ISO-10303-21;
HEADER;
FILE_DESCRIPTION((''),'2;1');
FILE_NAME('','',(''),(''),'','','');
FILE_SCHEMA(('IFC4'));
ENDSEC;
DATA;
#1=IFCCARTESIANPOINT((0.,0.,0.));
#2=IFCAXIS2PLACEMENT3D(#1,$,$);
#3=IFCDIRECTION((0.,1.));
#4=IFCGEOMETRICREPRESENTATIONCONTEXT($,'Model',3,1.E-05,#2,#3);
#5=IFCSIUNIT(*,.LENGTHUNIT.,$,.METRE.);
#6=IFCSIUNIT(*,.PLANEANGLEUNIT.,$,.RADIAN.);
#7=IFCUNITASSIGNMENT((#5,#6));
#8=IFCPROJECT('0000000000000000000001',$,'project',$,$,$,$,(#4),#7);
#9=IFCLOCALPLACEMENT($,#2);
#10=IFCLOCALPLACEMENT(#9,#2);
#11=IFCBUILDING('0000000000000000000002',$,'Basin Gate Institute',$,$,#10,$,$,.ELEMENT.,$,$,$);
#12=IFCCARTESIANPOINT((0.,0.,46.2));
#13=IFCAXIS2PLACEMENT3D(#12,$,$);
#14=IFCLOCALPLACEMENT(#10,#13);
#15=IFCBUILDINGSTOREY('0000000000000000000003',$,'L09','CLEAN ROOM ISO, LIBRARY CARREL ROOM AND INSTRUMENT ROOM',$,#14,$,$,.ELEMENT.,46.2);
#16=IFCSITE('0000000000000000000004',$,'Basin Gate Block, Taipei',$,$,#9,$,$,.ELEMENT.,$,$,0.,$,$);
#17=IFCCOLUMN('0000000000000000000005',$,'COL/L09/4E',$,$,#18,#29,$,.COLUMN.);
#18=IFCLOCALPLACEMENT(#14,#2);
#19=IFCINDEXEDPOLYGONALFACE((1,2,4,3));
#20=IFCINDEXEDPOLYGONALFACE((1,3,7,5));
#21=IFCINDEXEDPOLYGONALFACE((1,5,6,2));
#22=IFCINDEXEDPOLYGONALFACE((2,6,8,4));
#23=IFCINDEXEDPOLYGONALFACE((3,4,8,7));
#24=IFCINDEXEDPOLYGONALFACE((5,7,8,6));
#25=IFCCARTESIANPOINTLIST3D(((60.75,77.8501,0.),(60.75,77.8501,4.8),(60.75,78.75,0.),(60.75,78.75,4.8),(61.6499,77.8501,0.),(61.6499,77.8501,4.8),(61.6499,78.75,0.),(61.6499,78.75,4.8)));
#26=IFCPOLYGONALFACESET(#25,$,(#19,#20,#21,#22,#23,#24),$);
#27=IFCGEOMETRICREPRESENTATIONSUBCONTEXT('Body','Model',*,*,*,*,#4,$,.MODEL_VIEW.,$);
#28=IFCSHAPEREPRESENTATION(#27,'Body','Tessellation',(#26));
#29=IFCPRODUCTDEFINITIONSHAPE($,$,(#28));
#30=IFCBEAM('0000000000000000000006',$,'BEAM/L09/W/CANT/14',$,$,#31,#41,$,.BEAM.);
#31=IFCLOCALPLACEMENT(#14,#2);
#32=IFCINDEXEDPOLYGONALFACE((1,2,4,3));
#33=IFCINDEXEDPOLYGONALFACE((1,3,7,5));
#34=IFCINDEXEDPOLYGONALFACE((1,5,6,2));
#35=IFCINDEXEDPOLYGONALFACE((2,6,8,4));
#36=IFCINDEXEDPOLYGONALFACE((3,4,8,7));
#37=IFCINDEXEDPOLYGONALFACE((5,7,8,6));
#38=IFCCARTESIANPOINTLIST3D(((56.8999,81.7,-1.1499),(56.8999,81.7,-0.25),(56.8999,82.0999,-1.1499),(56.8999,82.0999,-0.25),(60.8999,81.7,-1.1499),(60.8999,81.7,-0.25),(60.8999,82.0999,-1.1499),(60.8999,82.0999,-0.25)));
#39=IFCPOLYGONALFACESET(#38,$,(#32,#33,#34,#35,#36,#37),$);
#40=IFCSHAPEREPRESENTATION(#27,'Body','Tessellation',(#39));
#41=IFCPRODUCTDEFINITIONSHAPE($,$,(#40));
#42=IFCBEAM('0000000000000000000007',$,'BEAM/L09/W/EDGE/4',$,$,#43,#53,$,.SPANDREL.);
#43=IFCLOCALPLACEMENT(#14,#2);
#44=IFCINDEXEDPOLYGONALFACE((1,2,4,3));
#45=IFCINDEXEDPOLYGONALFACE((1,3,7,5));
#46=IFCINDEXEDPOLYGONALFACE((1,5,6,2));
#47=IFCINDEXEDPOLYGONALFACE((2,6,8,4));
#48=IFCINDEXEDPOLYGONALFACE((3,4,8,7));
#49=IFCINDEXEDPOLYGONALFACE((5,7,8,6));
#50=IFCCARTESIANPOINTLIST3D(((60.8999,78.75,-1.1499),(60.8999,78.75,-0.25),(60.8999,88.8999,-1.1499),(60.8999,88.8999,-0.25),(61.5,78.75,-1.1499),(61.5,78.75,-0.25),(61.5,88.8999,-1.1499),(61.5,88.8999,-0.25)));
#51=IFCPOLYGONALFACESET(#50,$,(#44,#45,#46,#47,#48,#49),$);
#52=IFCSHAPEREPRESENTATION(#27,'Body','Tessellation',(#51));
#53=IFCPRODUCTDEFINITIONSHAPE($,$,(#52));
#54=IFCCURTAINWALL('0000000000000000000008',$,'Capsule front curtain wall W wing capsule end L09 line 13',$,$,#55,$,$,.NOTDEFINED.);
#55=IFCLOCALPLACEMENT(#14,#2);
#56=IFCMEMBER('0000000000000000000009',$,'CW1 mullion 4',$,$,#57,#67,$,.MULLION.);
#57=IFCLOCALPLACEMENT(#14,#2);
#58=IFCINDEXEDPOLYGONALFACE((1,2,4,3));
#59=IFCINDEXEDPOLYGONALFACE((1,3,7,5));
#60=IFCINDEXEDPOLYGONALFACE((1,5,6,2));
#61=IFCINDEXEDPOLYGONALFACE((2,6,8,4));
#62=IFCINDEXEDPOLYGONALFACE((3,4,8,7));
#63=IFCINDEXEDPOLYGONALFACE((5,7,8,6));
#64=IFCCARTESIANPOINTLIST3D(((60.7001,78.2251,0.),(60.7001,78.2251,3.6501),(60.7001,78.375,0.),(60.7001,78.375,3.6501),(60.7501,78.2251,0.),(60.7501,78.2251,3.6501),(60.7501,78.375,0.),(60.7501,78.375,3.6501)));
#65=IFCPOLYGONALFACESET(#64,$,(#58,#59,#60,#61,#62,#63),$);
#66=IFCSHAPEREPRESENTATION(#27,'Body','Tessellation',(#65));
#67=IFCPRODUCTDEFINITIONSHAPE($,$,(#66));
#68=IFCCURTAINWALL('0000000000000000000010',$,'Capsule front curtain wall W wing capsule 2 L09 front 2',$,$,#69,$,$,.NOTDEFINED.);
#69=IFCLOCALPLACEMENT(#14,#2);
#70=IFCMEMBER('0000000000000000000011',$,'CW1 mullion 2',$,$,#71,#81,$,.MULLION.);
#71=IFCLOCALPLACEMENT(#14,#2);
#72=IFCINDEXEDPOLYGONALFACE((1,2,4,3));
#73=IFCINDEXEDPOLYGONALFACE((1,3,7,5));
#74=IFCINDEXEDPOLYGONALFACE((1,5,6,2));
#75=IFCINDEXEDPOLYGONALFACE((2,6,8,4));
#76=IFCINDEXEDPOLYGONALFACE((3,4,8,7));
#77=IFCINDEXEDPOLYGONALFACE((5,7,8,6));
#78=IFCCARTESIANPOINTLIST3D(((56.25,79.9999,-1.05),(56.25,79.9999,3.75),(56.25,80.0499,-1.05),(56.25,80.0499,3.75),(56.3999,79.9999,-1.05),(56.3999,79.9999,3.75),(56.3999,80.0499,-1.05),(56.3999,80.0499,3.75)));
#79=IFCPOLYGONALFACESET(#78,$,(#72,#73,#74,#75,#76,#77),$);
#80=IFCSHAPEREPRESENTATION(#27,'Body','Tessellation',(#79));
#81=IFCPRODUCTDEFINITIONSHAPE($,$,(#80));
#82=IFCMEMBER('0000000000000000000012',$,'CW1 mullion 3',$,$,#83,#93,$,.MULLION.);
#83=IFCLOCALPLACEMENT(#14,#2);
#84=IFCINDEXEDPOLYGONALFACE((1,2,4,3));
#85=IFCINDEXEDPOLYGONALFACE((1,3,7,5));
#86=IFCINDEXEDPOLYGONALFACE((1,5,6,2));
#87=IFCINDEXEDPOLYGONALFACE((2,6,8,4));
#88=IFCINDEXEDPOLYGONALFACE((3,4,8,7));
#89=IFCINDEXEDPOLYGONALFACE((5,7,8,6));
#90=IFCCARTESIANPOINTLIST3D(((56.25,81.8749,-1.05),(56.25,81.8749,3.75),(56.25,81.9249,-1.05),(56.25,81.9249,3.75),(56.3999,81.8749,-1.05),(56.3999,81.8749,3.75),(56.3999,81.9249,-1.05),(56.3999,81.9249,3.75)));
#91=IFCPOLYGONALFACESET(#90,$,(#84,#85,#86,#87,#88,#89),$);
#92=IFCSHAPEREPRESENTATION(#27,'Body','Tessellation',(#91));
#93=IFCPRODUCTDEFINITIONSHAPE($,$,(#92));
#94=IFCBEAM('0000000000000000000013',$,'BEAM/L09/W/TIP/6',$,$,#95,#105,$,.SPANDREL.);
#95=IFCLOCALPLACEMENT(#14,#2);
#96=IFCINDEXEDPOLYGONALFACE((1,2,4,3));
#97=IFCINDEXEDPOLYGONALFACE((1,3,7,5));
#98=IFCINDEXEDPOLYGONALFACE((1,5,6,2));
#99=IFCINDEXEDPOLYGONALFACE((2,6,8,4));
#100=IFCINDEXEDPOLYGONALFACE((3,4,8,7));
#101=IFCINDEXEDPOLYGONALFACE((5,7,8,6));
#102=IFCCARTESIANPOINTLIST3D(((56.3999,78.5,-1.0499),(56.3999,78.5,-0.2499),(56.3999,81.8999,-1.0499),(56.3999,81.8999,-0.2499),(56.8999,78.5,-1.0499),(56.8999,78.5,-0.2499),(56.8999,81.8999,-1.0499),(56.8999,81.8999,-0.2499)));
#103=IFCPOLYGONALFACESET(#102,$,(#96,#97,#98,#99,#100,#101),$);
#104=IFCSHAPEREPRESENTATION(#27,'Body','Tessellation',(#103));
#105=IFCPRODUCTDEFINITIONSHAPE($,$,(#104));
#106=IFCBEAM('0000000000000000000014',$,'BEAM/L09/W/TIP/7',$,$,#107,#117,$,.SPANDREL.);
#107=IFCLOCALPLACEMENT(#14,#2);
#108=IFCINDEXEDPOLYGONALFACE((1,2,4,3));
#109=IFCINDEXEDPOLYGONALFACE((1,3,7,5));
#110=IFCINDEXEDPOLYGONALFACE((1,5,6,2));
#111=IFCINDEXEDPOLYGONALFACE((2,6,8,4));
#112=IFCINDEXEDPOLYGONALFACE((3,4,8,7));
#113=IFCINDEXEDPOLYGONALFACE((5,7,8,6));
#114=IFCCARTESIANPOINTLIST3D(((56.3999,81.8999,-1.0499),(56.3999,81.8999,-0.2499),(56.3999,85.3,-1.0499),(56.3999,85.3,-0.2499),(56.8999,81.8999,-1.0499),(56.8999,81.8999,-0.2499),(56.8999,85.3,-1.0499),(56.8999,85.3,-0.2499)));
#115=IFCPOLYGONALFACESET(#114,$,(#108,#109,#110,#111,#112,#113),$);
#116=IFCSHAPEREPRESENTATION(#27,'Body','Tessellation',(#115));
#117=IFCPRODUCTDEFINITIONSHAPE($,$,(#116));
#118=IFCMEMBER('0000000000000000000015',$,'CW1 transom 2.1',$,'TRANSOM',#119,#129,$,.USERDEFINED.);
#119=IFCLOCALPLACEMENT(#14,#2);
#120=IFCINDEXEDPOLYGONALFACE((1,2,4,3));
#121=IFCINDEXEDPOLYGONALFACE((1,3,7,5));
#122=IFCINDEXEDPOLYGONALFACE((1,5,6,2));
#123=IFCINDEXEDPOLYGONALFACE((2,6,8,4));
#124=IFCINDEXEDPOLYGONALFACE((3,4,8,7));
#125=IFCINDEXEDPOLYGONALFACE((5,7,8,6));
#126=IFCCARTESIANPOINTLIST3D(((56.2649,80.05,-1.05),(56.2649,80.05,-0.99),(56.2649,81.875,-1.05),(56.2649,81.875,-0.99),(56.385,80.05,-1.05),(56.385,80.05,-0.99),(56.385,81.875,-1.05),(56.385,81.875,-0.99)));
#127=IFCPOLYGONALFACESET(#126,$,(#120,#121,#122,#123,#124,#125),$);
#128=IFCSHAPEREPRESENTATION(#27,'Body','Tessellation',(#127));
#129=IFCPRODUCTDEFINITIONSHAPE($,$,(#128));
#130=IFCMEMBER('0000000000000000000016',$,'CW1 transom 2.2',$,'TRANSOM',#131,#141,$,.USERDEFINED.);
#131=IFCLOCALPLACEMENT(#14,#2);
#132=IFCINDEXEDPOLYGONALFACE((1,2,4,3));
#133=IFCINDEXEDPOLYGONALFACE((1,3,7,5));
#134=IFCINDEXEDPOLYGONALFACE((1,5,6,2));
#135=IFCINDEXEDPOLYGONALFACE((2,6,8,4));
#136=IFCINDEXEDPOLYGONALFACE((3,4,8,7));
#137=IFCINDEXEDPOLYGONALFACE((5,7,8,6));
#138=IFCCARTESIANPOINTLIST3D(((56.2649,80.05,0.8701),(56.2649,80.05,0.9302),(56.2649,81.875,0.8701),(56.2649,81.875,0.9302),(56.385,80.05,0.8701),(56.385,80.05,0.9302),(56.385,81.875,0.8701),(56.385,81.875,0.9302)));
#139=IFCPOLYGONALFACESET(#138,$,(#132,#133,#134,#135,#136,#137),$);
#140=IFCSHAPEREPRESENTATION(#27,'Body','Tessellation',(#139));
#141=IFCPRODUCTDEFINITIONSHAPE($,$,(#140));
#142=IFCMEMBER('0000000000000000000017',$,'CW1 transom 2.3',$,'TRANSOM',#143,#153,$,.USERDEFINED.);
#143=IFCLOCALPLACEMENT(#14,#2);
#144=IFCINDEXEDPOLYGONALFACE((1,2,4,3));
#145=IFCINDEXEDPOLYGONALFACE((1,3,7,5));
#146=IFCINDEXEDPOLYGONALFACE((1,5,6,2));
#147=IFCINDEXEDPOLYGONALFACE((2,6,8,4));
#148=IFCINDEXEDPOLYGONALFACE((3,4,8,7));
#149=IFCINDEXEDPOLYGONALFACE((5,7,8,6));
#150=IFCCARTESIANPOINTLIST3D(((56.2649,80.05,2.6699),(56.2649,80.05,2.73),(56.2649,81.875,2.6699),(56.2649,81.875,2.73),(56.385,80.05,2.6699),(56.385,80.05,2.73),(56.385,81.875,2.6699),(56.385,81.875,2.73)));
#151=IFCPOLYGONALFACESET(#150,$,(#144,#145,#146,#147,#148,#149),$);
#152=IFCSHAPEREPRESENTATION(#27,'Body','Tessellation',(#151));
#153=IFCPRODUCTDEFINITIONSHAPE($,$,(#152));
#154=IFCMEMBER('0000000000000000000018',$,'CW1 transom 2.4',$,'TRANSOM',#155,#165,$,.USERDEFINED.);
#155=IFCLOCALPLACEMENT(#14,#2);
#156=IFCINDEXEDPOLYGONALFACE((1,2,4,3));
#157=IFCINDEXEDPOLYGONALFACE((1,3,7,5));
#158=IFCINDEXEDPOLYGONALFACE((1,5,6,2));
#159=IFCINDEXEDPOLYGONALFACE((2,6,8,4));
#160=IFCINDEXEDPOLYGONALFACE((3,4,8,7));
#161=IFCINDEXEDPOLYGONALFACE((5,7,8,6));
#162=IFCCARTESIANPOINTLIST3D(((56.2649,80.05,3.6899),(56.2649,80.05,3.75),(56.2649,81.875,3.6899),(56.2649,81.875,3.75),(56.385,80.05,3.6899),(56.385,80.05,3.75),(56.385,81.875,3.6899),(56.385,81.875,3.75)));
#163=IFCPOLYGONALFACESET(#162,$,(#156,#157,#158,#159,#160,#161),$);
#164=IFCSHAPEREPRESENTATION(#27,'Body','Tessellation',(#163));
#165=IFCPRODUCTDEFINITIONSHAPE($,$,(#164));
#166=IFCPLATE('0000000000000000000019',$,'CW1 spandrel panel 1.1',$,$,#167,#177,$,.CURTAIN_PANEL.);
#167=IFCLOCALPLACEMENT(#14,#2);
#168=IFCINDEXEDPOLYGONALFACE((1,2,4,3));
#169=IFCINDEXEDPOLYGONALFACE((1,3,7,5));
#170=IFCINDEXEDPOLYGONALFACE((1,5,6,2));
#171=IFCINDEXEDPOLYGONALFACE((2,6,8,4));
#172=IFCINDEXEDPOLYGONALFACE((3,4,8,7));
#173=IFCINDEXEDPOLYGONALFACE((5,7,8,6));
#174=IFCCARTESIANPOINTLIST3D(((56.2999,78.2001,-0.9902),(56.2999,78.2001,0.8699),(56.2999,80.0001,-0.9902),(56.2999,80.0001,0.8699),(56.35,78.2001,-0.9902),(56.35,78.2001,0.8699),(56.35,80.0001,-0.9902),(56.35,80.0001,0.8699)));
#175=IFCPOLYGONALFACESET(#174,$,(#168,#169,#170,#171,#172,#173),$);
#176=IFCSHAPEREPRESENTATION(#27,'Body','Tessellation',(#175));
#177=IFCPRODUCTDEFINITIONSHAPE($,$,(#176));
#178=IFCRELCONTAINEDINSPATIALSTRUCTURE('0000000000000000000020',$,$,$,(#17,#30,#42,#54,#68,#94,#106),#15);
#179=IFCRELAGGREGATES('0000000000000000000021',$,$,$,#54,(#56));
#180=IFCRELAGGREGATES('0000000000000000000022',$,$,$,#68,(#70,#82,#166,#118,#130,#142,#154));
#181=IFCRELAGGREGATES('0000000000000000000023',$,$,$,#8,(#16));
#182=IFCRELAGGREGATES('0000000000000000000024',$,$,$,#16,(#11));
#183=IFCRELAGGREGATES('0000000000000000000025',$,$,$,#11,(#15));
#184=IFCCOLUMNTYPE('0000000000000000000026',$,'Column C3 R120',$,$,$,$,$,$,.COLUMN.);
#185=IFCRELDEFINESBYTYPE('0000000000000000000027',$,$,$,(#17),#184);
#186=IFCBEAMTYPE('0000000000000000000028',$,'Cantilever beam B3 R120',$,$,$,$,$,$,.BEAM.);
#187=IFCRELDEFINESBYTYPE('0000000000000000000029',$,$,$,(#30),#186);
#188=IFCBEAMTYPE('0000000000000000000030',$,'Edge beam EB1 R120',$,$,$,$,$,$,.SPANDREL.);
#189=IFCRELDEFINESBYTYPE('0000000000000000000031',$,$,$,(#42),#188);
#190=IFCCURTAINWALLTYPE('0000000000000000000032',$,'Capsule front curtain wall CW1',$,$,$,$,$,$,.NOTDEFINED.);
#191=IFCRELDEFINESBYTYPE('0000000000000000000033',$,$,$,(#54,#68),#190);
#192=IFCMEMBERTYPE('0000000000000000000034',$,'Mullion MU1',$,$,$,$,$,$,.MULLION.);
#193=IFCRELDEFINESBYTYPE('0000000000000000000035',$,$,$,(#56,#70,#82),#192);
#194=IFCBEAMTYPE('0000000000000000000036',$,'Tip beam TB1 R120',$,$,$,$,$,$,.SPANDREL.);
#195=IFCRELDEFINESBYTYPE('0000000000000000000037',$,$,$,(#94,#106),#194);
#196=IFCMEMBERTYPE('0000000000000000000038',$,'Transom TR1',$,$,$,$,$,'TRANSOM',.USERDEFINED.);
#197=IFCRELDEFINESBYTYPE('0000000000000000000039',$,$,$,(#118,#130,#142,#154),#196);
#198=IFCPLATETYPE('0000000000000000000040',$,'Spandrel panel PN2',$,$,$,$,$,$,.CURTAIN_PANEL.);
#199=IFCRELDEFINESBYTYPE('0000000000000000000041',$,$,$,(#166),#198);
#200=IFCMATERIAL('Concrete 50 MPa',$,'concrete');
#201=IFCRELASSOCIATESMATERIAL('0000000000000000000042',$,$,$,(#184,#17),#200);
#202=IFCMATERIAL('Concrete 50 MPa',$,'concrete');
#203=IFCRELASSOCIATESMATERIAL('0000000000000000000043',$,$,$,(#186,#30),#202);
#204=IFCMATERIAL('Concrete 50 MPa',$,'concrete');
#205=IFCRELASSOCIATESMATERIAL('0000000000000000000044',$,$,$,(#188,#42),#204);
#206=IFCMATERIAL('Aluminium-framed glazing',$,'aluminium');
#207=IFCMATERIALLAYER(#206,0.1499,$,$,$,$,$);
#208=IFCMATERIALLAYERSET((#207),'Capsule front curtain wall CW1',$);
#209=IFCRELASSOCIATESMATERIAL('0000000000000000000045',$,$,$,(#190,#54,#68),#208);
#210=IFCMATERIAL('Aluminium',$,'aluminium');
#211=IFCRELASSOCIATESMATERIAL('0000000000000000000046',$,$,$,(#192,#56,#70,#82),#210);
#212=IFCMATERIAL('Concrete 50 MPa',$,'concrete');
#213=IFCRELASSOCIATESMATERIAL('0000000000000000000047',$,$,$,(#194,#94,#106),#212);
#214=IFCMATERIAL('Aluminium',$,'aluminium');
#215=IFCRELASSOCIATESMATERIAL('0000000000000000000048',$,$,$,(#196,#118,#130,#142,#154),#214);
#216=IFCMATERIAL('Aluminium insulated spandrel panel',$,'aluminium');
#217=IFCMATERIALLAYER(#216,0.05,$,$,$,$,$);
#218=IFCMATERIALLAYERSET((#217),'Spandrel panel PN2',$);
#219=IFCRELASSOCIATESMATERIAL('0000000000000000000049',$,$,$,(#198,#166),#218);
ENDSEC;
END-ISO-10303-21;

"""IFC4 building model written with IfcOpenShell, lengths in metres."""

from ifc_helpers import new_model, si_unit, direction, frame, origin, origin_2d, place, context, subcontext, project, spatial, rectangle, extrude, material, layer, layer_set, material_profile, profile_set, type_object, element, aggregate, save


model = new_model("IFC4")

# Units and contexts
model_context = context("Model", 3, precision=1e-05, world=origin(), true_north=direction((0.0, 1.0)))
body_context = subcontext(model_context, "Body", "Model", "MODEL_VIEW")
ifc_project = project(units=[si_unit("LENGTHUNIT", "METRE"), si_unit("PLANEANGLEUNIT", "RADIAN")], contexts=[model_context])

# Site, building, storey
site_placement = place(None, origin())
site = spatial("IfcSite", under=ifc_project, at=site_placement, Name="Basin Gate Block, Taipei", CompositionType="ELEMENT", RefElevation=0.0)
building_placement = place(site_placement, origin())
building = spatial("IfcBuilding", under=site, at=building_placement, Name="Basin Gate Institute", CompositionType="ELEMENT")
storey_placement = place(building_placement, frame((0.0, 0.0, 46.2)))
storey = spatial("IfcBuildingStorey", under=building, at=storey_placement, Name="L09", Description="CLEAN ROOM ISO, LIBRARY CARREL ROOM AND INSTRUMENT ROOM", CompositionType="ELEMENT", Elevation=46.2)

# Column
ifc_material_1 = material(Name="Concrete 50 MPa", Category="concrete")
ifc_material_profile_1 = material_profile(ifc_material_1, rectangle(XDim=0.8999, YDim=0.8999, at=origin_2d()), Name="Column C3 900 x 900")
ifc_profile_set_1 = profile_set([ifc_material_profile_1], Name="Concrete 50 MPa")
column_type = type_object("IfcColumnType", Name="Column C3 R120", PredefinedType="COLUMN", material=ifc_profile_set_1)
column_placement = place(storey_placement, frame((61.2, 78.3, 0.0), z_axis=(0.0, 0.0, 1.0), x_axis=(1.0, 0.0, 0.0)))
element("IfcColumn", 1, at=column_placement, inside=storey, type_object=column_type, material=ifc_profile_set_1, Name="COL/L09/4E", PredefinedType="COLUMN", context=body_context, shape_type="SweptSolid", body=[
    extrude(rectangle(XDim=0.8999, YDim=0.8999, at=origin_2d()), origin(), (0.0, 0.0, 1.0), 4.8),
])

# Beams
ifc_material_2 = material(Name="Concrete 50 MPa", Category="concrete")
ifc_material_profile_2 = material_profile(ifc_material_2, rectangle(XDim=0.3999, YDim=0.8999, at=origin_2d()), Name="Cantilever beam B3 400 x 900")
ifc_profile_set_2 = profile_set([ifc_material_profile_2], Name="Concrete 50 MPa")
beam_type_1 = type_object("IfcBeamType", Name="Cantilever beam B3 R120", PredefinedType="BEAM", material=ifc_profile_set_2)
beam_1_placement = place(storey_placement, frame((56.8999, 81.8999, -0.7), z_axis=(1.0, 0.0, 0.0), x_axis=(0.0, 1.0, 0.0)))
element("IfcBeam", 2, at=beam_1_placement, inside=storey, type_object=beam_type_1, material=ifc_profile_set_2, Name="BEAM/L09/W/CANT/14", PredefinedType="BEAM", context=body_context, shape_type="SweptSolid", body=[
    extrude(rectangle(XDim=0.3999, YDim=0.8999, at=origin_2d()), origin(), (0.0, 0.0, 1.0), 4.0),
])
ifc_material_3 = material(Name="Concrete 50 MPa", Category="concrete")
ifc_material_profile_3 = material_profile(ifc_material_3, rectangle(XDim=0.6001, YDim=0.8999, at=origin_2d()), Name="Edge beam EB1 600 x 900")
ifc_profile_set_3 = profile_set([ifc_material_profile_3], Name="Concrete 50 MPa")
beam_type_2 = type_object("IfcBeamType", Name="Edge beam EB1 R120", PredefinedType="SPANDREL", material=ifc_profile_set_3)
beam_2_placement = place(storey_placement, frame((61.2, 78.75, -0.7), z_axis=(0.0, 1.0, 0.0), x_axis=(-1.0, 0.0, 0.0)))
element("IfcBeam", 3, at=beam_2_placement, inside=storey, type_object=beam_type_2, material=ifc_profile_set_3, Name="BEAM/L09/W/EDGE/4", PredefinedType="SPANDREL", context=body_context, shape_type="SweptSolid", body=[
    extrude(rectangle(XDim=0.6001, YDim=0.8999, at=origin_2d()), origin(), (0.0, 0.0, 1.0), 10.1499),
])

# Curtain wall, member
ifc_material_4 = material(Name="Aluminium-framed glazing", Category="aluminium")
ifc_layer_1 = layer(ifc_material_4, 0.1499)
ifc_layer_set_1 = layer_set([ifc_layer_1], Name="Capsule front curtain wall CW1")
curtain_wall_type = type_object("IfcCurtainWallType", Name="Capsule front curtain wall CW1", PredefinedType="NOTDEFINED", material=ifc_layer_set_1)
curtain_wall_1_placement = place(storey_placement, origin())
curtain_wall_1 = element("IfcCurtainWall", 4, at=curtain_wall_1_placement, inside=storey, type_object=curtain_wall_type, material=ifc_layer_set_1, Name="Capsule front curtain wall W wing capsule end L09 line 13", PredefinedType="NOTDEFINED")
ifc_material_5 = material(Name="Aluminium", Category="aluminium")
ifc_material_profile_4 = material_profile(ifc_material_5, rectangle(XDim=0.1499, YDim=0.05, at=origin_2d()), Name="Mullion MU1 150 x 50")
ifc_profile_set_4 = profile_set([ifc_material_profile_4], Name="Aluminium")
member_type_1 = type_object("IfcMemberType", Name="Mullion MU1", PredefinedType="MULLION", material=ifc_profile_set_4)
member_1_placement = place(storey_placement, frame((60.7251, 78.3, 0.0), z_axis=(0.0, 0.0, 1.0), x_axis=(0.0, 1.0, 0.0)))
member_1 = element("IfcMember", 5, at=member_1_placement, type_object=member_type_1, material=ifc_profile_set_4, Name="CW1 mullion 4", PredefinedType="MULLION", context=body_context, shape_type="SweptSolid", body=[
    extrude(rectangle(XDim=0.1499, YDim=0.05, at=origin_2d()), origin(), (0.0, 0.0, 1.0), 3.6501),
])

# Curtain wall, members
curtain_wall_2_placement = place(storey_placement, origin())
curtain_wall_2 = element("IfcCurtainWall", 6, at=curtain_wall_2_placement, inside=storey, type_object=curtain_wall_type, material=ifc_layer_set_1, Name="Capsule front curtain wall W wing capsule 2 L09 front 2", PredefinedType="NOTDEFINED")
member_2_placement = place(storey_placement, frame((56.325, 80.0249, -1.05), z_axis=(0.0, 0.0, 1.0), x_axis=(-1.0, 0.0, 0.0)))
member_2 = element("IfcMember", 7, at=member_2_placement, type_object=member_type_1, material=ifc_profile_set_4, Name="CW1 mullion 2", PredefinedType="MULLION", context=body_context, shape_type="SweptSolid", body=[
    extrude(rectangle(XDim=0.1499, YDim=0.05, at=origin_2d()), origin(), (0.0, 0.0, 1.0), 4.8),
])
member_3_placement = place(storey_placement, frame((56.325, 81.8999, -1.05), z_axis=(0.0, 0.0, 1.0), x_axis=(-1.0, 0.0, 0.0)))
member_3 = element("IfcMember", 8, at=member_3_placement, type_object=member_type_1, material=ifc_profile_set_4, Name="CW1 mullion 3", PredefinedType="MULLION", context=body_context, shape_type="SweptSolid", body=[
    extrude(rectangle(XDim=0.1499, YDim=0.05, at=origin_2d()), origin(), (0.0, 0.0, 1.0), 4.8),
])

# Beams
ifc_material_6 = material(Name="Concrete 50 MPa", Category="concrete")
ifc_material_profile_5 = material_profile(ifc_material_6, rectangle(XDim=0.5, YDim=0.8, at=origin_2d()), Name="Tip beam TB1 500 x 800")
ifc_profile_set_5 = profile_set([ifc_material_profile_5], Name="Concrete 50 MPa")
beam_type_3 = type_object("IfcBeamType", Name="Tip beam TB1 R120", PredefinedType="SPANDREL", material=ifc_profile_set_5)
beam_3_placement = place(storey_placement, frame((56.6499, 78.5, -0.6499), z_axis=(0.0, 1.0, 0.0), x_axis=(-1.0, 0.0, 0.0)))
element("IfcBeam", 9, at=beam_3_placement, inside=storey, type_object=beam_type_3, material=ifc_profile_set_5, Name="BEAM/L09/W/TIP/6", PredefinedType="SPANDREL", context=body_context, shape_type="SweptSolid", body=[
    extrude(rectangle(XDim=0.5, YDim=0.8, at=origin_2d()), origin(), (0.0, 0.0, 1.0), 3.3999),
])
beam_4_placement = place(storey_placement, frame((56.6499, 81.8999, -0.6499), z_axis=(0.0, 1.0, 0.0), x_axis=(-1.0, 0.0, 0.0)))
element("IfcBeam", 10, at=beam_4_placement, inside=storey, type_object=beam_type_3, material=ifc_profile_set_5, Name="BEAM/L09/W/TIP/7", PredefinedType="SPANDREL", context=body_context, shape_type="SweptSolid", body=[
    extrude(rectangle(XDim=0.5, YDim=0.8, at=origin_2d()), origin(), (0.0, 0.0, 1.0), 3.4001),
])

# Members
ifc_material_7 = material(Name="Aluminium", Category="aluminium")
ifc_material_profile_6 = material_profile(ifc_material_7, rectangle(XDim=0.1201, YDim=0.0601, at=origin_2d()), Name="Transom TR1 120 x 60")
ifc_profile_set_6 = profile_set([ifc_material_profile_6], Name="Aluminium")
member_type_2 = type_object("IfcMemberType", Name="Transom TR1", ElementType="TRANSOM", PredefinedType="USERDEFINED", material=ifc_profile_set_6)
member_4_placement = place(storey_placement, frame((56.325, 80.05, -1.02), z_axis=(0.0, 1.0, 0.0), x_axis=(-1.0, 0.0, 0.0)))
member_4 = element("IfcMember", 11, at=member_4_placement, type_object=member_type_2, material=ifc_profile_set_6, Name="CW1 transom 2.1", ObjectType="TRANSOM", PredefinedType="USERDEFINED", context=body_context, shape_type="SweptSolid", body=[
    extrude(rectangle(XDim=0.1201, YDim=0.0601, at=origin_2d()), origin(), (0.0, 0.0, 1.0), 1.825),
])
member_5_placement = place(storey_placement, frame((56.325, 80.05, 0.9001), z_axis=(0.0, 1.0, 0.0), x_axis=(-1.0, 0.0, 0.0)))
member_5 = element("IfcMember", 12, at=member_5_placement, type_object=member_type_2, material=ifc_profile_set_6, Name="CW1 transom 2.2", ObjectType="TRANSOM", PredefinedType="USERDEFINED", context=body_context, shape_type="SweptSolid", body=[
    extrude(rectangle(XDim=0.1201, YDim=0.0601, at=origin_2d()), origin(), (0.0, 0.0, 1.0), 1.825),
])
member_6_placement = place(storey_placement, frame((56.325, 80.05, 2.7), z_axis=(0.0, 1.0, 0.0), x_axis=(-1.0, 0.0, 0.0)))
member_6 = element("IfcMember", 13, at=member_6_placement, type_object=member_type_2, material=ifc_profile_set_6, Name="CW1 transom 2.3", ObjectType="TRANSOM", PredefinedType="USERDEFINED", context=body_context, shape_type="SweptSolid", body=[
    extrude(rectangle(XDim=0.1201, YDim=0.0601, at=origin_2d()), origin(), (0.0, 0.0, 1.0), 1.825),
])
member_7_placement = place(storey_placement, frame((56.325, 80.05, 3.72), z_axis=(0.0, 1.0, 0.0), x_axis=(-1.0, 0.0, 0.0)))
member_7 = element("IfcMember", 14, at=member_7_placement, type_object=member_type_2, material=ifc_profile_set_6, Name="CW1 transom 2.4", ObjectType="TRANSOM", PredefinedType="USERDEFINED", context=body_context, shape_type="SweptSolid", body=[
    extrude(rectangle(XDim=0.1201, YDim=0.0601, at=origin_2d()), origin(), (0.0, 0.0, 1.0), 1.825),
])

# Plate
ifc_material_8 = material(Name="Aluminium insulated spandrel panel", Category="aluminium")
ifc_layer_2 = layer(ifc_material_8, 0.05)
ifc_layer_set_2 = layer_set([ifc_layer_2], Name="Spandrel panel PN2")
plate_type_1 = type_object("IfcPlateType", Name="Spandrel panel PN2", PredefinedType="CURTAIN_PANEL", material=ifc_layer_set_2)
plate_1_placement = place(storey_placement, frame((56.325, 79.1001, -0.9902), z_axis=(0.0, 0.0, 1.0), x_axis=(0.0, 1.0, 0.0)))
plate_1 = element("IfcPlate", 15, at=plate_1_placement, type_object=plate_type_1, material=ifc_layer_set_2, Name="CW1 spandrel panel 1.1", PredefinedType="CURTAIN_PANEL", context=body_context, shape_type="SweptSolid", body=[
    extrude(rectangle(XDim=1.8, YDim=0.05, at=origin_2d()), origin(), (0.0, 0.0, 1.0), 1.8601),
])
aggregate(curtain_wall_1, [member_1])
aggregate(curtain_wall_2, [member_2, member_3, plate_1, member_4, member_5, member_6, member_7])

save(model, "model.ifc")
